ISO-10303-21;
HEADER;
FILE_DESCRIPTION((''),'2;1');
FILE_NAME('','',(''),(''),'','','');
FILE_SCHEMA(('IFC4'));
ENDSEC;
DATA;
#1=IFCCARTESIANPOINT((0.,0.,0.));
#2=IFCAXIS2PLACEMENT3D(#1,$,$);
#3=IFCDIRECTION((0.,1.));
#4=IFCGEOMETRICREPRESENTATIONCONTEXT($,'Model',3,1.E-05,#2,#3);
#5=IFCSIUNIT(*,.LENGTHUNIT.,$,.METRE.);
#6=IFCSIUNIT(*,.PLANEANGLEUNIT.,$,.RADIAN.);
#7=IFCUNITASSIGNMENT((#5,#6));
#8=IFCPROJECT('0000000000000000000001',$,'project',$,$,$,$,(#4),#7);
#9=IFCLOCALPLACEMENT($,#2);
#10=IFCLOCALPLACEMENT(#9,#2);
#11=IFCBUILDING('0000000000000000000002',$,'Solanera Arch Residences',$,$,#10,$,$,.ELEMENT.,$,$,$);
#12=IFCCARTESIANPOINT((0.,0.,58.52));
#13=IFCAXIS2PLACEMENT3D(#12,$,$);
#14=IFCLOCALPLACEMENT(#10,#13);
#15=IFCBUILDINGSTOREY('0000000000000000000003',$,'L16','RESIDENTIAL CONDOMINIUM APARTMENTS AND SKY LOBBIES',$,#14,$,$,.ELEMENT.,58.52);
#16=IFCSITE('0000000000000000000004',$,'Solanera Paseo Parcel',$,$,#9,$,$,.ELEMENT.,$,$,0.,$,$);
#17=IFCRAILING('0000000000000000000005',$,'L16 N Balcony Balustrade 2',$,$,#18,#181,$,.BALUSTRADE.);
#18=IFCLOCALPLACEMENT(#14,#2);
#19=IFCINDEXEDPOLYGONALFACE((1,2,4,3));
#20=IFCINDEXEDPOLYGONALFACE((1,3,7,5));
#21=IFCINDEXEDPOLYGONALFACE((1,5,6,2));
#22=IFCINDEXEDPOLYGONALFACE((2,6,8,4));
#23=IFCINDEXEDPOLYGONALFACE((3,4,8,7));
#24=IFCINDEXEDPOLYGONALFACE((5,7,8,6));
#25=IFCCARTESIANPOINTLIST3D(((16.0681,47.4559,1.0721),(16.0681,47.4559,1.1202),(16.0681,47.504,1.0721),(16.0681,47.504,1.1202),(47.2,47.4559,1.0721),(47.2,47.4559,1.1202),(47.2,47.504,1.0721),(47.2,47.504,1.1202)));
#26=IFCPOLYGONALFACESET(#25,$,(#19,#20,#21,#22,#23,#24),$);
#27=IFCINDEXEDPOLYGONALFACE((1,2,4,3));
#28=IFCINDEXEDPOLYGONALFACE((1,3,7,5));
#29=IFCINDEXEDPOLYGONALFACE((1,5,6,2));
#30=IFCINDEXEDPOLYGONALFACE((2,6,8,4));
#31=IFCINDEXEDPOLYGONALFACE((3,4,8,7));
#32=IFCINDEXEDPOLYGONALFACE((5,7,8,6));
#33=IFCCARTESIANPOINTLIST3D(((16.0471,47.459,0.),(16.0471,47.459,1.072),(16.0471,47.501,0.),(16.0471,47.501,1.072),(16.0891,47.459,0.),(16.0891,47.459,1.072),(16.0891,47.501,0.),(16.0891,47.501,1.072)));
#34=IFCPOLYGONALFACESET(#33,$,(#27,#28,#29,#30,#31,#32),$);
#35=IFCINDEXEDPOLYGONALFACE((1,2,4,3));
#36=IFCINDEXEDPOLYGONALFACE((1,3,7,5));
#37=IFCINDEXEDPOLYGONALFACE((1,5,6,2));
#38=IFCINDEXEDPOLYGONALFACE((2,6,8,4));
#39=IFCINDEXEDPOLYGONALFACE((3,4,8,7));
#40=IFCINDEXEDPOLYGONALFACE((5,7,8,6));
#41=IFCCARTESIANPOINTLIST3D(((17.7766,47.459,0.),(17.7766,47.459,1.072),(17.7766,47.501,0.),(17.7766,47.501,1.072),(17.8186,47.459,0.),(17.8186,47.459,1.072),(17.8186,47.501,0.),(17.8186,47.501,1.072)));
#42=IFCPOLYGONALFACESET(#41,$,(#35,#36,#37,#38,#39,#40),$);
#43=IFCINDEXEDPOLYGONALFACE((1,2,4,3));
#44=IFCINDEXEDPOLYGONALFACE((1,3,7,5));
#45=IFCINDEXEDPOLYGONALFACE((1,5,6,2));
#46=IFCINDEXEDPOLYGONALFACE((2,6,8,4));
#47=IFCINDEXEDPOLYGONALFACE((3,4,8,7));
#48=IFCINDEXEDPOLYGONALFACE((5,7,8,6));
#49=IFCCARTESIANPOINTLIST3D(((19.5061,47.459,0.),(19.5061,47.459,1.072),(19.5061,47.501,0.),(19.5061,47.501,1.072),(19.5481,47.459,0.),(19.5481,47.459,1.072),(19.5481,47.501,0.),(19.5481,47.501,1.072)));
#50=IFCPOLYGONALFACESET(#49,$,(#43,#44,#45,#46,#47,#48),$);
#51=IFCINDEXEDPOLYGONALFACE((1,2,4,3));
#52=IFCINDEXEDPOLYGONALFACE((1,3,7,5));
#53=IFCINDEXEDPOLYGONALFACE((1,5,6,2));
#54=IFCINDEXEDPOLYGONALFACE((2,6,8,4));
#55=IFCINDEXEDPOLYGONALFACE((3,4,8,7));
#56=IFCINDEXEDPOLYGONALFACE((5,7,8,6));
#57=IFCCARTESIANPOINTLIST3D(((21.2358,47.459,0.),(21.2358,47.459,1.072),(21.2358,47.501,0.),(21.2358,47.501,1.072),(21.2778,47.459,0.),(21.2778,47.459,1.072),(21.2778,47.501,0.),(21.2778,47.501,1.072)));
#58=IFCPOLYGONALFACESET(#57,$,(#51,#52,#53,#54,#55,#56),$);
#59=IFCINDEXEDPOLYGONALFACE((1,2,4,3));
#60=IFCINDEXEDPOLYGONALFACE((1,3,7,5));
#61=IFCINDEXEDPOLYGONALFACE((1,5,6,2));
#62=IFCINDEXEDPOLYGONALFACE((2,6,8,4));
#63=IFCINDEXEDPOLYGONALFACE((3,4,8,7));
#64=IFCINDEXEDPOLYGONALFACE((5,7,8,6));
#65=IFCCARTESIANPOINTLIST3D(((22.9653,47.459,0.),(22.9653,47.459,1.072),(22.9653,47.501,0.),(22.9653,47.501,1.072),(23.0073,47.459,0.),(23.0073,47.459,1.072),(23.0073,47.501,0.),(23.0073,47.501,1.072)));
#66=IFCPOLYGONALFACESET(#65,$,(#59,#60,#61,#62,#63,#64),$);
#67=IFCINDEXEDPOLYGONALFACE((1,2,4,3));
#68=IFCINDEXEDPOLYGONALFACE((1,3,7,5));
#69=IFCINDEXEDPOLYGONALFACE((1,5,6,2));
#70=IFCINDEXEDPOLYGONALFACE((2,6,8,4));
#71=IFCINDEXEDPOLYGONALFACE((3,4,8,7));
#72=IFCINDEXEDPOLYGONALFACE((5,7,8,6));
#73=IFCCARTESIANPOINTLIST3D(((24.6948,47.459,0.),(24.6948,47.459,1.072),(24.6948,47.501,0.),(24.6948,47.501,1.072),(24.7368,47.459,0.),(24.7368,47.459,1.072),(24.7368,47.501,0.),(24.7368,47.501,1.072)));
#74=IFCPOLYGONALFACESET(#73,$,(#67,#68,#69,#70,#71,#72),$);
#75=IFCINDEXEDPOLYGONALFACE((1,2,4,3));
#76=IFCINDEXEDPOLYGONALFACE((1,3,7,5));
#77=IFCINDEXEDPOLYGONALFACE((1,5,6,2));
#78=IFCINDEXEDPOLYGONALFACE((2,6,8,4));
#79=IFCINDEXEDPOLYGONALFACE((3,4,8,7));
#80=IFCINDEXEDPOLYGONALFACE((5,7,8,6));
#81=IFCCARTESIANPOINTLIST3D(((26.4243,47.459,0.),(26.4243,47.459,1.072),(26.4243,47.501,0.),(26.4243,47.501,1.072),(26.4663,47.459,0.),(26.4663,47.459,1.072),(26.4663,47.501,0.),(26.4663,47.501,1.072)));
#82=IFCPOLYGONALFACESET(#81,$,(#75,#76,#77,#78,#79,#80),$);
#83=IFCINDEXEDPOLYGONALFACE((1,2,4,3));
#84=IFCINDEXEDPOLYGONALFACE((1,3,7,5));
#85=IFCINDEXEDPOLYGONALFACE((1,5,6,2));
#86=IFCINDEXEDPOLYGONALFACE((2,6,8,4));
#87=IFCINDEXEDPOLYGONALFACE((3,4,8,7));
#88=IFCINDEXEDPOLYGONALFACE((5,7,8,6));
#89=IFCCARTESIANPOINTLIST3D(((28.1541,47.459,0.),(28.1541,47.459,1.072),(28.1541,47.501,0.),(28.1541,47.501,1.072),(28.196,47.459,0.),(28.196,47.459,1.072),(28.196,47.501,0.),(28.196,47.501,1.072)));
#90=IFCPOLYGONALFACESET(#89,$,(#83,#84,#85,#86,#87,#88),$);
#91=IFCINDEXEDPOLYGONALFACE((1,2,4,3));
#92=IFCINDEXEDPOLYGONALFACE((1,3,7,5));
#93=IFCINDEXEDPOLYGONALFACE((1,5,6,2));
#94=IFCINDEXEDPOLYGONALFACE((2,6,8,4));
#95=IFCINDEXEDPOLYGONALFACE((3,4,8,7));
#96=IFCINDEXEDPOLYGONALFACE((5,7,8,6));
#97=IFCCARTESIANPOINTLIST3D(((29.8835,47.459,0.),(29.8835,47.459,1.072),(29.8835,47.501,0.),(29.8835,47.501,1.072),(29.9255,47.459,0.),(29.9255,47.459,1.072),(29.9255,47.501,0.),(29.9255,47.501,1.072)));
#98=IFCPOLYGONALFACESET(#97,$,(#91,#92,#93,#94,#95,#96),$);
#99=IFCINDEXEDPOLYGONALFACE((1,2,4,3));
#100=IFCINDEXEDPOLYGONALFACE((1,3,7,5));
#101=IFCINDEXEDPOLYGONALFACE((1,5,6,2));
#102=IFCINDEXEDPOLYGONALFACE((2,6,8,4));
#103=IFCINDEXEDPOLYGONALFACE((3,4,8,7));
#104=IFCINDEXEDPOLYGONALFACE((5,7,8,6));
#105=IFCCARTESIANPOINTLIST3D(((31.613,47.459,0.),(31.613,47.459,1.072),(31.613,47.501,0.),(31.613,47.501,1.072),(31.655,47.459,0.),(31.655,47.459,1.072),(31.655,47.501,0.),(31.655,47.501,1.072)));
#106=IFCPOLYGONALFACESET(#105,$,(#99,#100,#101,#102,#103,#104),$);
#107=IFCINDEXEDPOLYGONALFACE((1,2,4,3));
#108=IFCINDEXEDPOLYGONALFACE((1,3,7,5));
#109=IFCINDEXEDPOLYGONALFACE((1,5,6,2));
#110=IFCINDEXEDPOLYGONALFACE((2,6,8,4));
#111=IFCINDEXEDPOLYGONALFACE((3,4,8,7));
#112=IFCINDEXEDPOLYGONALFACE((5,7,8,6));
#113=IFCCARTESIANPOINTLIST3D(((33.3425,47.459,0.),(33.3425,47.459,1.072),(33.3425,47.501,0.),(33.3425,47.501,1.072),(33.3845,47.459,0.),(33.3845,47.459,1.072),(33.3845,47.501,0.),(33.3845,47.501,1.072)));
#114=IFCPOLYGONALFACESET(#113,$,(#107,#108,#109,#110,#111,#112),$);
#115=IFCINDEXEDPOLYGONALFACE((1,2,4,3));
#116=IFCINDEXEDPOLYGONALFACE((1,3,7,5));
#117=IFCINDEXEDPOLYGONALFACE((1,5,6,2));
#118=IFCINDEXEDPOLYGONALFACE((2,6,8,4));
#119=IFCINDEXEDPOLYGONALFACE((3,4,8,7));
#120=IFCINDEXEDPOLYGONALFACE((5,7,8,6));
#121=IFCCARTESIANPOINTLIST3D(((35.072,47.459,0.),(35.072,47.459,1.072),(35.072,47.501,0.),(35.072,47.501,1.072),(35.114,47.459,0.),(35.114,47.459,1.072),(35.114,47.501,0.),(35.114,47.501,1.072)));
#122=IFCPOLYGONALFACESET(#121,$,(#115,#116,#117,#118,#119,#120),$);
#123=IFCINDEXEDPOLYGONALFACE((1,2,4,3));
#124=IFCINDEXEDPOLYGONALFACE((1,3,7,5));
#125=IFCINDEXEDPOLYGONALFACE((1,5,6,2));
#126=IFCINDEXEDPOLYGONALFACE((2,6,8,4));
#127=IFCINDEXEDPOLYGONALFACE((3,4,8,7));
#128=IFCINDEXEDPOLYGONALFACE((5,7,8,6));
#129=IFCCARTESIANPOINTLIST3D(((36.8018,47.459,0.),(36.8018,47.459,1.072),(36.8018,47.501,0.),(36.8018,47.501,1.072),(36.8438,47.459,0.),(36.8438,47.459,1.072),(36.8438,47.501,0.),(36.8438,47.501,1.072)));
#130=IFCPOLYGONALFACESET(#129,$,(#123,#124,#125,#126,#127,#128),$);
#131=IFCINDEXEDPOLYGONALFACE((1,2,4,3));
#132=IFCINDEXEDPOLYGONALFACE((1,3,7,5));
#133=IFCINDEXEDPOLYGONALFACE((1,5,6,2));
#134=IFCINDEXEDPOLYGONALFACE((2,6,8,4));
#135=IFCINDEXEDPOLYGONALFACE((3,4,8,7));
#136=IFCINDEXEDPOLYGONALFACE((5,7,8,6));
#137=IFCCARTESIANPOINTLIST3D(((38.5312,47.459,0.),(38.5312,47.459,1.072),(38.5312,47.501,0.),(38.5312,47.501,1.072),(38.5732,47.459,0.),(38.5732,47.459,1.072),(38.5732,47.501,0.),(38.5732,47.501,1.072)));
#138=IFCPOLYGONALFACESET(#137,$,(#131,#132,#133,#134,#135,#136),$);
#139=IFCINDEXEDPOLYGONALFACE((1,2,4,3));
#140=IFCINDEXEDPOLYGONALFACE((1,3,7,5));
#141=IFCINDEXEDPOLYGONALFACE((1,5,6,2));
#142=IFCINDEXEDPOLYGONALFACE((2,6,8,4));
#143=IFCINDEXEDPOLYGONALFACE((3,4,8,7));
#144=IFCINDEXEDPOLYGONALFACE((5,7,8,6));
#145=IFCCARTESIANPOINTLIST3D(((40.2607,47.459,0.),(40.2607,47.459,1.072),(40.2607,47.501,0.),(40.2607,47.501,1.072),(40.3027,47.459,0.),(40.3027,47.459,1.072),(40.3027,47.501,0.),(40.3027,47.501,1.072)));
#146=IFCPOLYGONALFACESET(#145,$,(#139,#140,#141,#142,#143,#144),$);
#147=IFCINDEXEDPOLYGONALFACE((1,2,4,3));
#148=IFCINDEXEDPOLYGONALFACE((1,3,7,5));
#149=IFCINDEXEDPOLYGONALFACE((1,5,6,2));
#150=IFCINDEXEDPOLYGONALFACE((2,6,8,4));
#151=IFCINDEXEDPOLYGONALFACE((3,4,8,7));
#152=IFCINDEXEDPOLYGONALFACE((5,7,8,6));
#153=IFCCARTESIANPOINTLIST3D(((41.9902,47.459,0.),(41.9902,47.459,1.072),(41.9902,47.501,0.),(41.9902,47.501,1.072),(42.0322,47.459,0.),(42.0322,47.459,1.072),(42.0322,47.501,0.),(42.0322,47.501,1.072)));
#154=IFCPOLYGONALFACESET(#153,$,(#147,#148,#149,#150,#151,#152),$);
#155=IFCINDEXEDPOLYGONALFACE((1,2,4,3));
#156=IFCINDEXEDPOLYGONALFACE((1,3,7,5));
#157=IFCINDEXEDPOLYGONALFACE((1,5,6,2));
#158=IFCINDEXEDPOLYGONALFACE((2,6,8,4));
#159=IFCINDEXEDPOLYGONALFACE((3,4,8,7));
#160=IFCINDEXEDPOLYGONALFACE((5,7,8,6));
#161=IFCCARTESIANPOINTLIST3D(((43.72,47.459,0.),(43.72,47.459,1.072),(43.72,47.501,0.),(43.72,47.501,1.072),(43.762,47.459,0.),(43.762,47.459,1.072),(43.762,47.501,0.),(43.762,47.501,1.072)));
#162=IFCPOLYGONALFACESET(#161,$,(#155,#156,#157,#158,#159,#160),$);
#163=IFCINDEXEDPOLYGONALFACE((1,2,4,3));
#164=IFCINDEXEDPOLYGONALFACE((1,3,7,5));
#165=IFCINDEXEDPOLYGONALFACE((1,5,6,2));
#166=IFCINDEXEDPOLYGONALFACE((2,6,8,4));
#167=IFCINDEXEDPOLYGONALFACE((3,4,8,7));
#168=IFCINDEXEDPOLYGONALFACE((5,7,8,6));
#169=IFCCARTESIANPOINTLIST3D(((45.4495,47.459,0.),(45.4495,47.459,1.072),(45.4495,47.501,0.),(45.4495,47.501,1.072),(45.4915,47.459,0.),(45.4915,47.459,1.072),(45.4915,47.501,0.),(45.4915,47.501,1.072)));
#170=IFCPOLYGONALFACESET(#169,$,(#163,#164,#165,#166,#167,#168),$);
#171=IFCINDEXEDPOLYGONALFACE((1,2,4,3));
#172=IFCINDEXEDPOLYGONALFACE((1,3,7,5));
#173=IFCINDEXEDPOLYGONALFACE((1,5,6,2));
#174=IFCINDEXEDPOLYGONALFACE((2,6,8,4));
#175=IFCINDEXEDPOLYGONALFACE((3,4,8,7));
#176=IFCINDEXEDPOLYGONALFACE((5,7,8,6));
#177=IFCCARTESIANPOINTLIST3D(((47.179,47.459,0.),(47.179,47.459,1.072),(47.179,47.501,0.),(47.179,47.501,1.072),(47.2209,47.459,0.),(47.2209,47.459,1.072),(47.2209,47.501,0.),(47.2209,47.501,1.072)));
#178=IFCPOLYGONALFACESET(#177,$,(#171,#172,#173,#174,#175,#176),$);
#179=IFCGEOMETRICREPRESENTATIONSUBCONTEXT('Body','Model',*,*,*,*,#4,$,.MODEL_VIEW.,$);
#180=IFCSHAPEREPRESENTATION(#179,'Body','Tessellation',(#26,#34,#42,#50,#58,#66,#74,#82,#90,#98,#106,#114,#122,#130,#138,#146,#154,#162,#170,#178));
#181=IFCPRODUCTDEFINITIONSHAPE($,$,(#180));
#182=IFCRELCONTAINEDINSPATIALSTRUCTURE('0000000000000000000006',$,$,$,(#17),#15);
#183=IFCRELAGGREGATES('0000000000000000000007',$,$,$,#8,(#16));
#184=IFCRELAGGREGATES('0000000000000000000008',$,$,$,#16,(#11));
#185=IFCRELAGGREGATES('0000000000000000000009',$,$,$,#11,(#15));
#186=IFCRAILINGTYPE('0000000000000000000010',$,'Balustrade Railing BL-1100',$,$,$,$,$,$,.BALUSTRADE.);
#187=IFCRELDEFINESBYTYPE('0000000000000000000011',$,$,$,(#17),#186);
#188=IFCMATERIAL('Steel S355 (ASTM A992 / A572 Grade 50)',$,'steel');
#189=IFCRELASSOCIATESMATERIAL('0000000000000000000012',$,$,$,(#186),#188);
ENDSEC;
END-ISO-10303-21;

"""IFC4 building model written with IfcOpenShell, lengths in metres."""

from ifc_helpers import new_model, si_unit, direction, frame, origin, origin_2d, place, context, subcontext, project, spatial, rectangle, extrude, material, type_object, element, save


model = new_model("IFC4")

# Units and contexts
model_context = context("Model", 3, precision=1e-05, world=origin(), true_north=direction((0.0, 1.0)))
body_context = subcontext(model_context, "Body", "Model", "MODEL_VIEW")
ifc_project = project(units=[si_unit("LENGTHUNIT", "METRE"), si_unit("PLANEANGLEUNIT", "RADIAN")], contexts=[model_context])

# Site, building, storey
site_placement = place(None, origin())
site = spatial("IfcSite", under=ifc_project, at=site_placement, Name="Solanera Paseo Parcel", CompositionType="ELEMENT", RefElevation=0.0)
building_placement = place(site_placement, origin())
building = spatial("IfcBuilding", under=site, at=building_placement, Name="Solanera Arch Residences", CompositionType="ELEMENT")
storey_placement = place(building_placement, frame((0.0, 0.0, 58.52)))
storey = spatial("IfcBuildingStorey", under=building, at=storey_placement, Name="L16", Description="RESIDENTIAL CONDOMINIUM APARTMENTS AND SKY LOBBIES", CompositionType="ELEMENT", Elevation=58.52)

# Railing
ifc_material_1 = material(Name="Steel S355 (ASTM A992 / A572 Grade 50)", Category="steel")
railing_type = type_object("IfcRailingType", Name="Balustrade Railing BL-1100", PredefinedType="BALUSTRADE", material=ifc_material_1)
railing_placement = place(storey_placement, frame((16.0681, 47.48, 0.0)))
element("IfcRailing", 1, at=railing_placement, inside=storey, type_object=railing_type, Name="L16 N Balcony Balustrade 2", PredefinedType="BALUSTRADE", context=body_context, shape_type="SweptSolid", body=[
    extrude(rectangle(XDim=0.0481, YDim=0.0481, at=origin_2d()), frame((0.0, 0.0, 1.0962), z_axis=(1.0, 0.0, 0.0), x_axis=(0.0, 1.0, 0.0)), (0.0, 0.0, 1.0), 31.1318),
    extrude(rectangle(XDim=0.042, YDim=0.042, at=origin_2d()), origin(), (0.0, 0.0, 1.0), 1.072),
    extrude(rectangle(XDim=0.042, YDim=0.042, at=origin_2d()), frame((1.7295, 0.0, 0.0)), (0.0, 0.0, 1.0), 1.072),
    extrude(rectangle(XDim=0.042, YDim=0.042, at=origin_2d()), frame((3.459, 0.0, 0.0)), (0.0, 0.0, 1.0), 1.072),
    extrude(rectangle(XDim=0.042, YDim=0.042, at=origin_2d()), frame((5.1887, 0.0, 0.0)), (0.0, 0.0, 1.0), 1.072),
    extrude(rectangle(XDim=0.042, YDim=0.042, at=origin_2d()), frame((6.9182, 0.0, 0.0)), (0.0, 0.0, 1.0), 1.072),
    extrude(rectangle(XDim=0.042, YDim=0.042, at=origin_2d()), frame((8.6477, 0.0, 0.0)), (0.0, 0.0, 1.0), 1.072),
    extrude(rectangle(XDim=0.042, YDim=0.042, at=origin_2d()), frame((10.3772, 0.0, 0.0)), (0.0, 0.0, 1.0), 1.072),
    extrude(rectangle(XDim=0.042, YDim=0.042, at=origin_2d()), frame((12.1069, 0.0, 0.0)), (0.0, 0.0, 1.0), 1.072),
    extrude(rectangle(XDim=0.042, YDim=0.042, at=origin_2d()), frame((13.8364, 0.0, 0.0)), (0.0, 0.0, 1.0), 1.072),
    extrude(rectangle(XDim=0.042, YDim=0.042, at=origin_2d()), frame((15.5659, 0.0, 0.0)), (0.0, 0.0, 1.0), 1.072),
    extrude(rectangle(XDim=0.042, YDim=0.042, at=origin_2d()), frame((17.2954, 0.0, 0.0)), (0.0, 0.0, 1.0), 1.072),
    extrude(rectangle(XDim=0.042, YDim=0.042, at=origin_2d()), frame((19.0249, 0.0, 0.0)), (0.0, 0.0, 1.0), 1.072),
    extrude(rectangle(XDim=0.042, YDim=0.042, at=origin_2d()), frame((20.7546, 0.0, 0.0)), (0.0, 0.0, 1.0), 1.072),
    extrude(rectangle(XDim=0.042, YDim=0.042, at=origin_2d()), frame((22.4841, 0.0, 0.0)), (0.0, 0.0, 1.0), 1.072),
    extrude(rectangle(XDim=0.042, YDim=0.042, at=origin_2d()), frame((24.2136, 0.0, 0.0)), (0.0, 0.0, 1.0), 1.072),
    extrude(rectangle(XDim=0.042, YDim=0.042, at=origin_2d()), frame((25.9431, 0.0, 0.0)), (0.0, 0.0, 1.0), 1.072),
    extrude(rectangle(XDim=0.042, YDim=0.042, at=origin_2d()), frame((27.6729, 0.0, 0.0)), (0.0, 0.0, 1.0), 1.072),
    extrude(rectangle(XDim=0.042, YDim=0.042, at=origin_2d()), frame((29.4023, 0.0, 0.0)), (0.0, 0.0, 1.0), 1.072),
    extrude(rectangle(XDim=0.042, YDim=0.042, at=origin_2d()), frame((31.1318, 0.0, 0.0)), (0.0, 0.0, 1.0), 1.072),
])

save(model, "model.ifc")
